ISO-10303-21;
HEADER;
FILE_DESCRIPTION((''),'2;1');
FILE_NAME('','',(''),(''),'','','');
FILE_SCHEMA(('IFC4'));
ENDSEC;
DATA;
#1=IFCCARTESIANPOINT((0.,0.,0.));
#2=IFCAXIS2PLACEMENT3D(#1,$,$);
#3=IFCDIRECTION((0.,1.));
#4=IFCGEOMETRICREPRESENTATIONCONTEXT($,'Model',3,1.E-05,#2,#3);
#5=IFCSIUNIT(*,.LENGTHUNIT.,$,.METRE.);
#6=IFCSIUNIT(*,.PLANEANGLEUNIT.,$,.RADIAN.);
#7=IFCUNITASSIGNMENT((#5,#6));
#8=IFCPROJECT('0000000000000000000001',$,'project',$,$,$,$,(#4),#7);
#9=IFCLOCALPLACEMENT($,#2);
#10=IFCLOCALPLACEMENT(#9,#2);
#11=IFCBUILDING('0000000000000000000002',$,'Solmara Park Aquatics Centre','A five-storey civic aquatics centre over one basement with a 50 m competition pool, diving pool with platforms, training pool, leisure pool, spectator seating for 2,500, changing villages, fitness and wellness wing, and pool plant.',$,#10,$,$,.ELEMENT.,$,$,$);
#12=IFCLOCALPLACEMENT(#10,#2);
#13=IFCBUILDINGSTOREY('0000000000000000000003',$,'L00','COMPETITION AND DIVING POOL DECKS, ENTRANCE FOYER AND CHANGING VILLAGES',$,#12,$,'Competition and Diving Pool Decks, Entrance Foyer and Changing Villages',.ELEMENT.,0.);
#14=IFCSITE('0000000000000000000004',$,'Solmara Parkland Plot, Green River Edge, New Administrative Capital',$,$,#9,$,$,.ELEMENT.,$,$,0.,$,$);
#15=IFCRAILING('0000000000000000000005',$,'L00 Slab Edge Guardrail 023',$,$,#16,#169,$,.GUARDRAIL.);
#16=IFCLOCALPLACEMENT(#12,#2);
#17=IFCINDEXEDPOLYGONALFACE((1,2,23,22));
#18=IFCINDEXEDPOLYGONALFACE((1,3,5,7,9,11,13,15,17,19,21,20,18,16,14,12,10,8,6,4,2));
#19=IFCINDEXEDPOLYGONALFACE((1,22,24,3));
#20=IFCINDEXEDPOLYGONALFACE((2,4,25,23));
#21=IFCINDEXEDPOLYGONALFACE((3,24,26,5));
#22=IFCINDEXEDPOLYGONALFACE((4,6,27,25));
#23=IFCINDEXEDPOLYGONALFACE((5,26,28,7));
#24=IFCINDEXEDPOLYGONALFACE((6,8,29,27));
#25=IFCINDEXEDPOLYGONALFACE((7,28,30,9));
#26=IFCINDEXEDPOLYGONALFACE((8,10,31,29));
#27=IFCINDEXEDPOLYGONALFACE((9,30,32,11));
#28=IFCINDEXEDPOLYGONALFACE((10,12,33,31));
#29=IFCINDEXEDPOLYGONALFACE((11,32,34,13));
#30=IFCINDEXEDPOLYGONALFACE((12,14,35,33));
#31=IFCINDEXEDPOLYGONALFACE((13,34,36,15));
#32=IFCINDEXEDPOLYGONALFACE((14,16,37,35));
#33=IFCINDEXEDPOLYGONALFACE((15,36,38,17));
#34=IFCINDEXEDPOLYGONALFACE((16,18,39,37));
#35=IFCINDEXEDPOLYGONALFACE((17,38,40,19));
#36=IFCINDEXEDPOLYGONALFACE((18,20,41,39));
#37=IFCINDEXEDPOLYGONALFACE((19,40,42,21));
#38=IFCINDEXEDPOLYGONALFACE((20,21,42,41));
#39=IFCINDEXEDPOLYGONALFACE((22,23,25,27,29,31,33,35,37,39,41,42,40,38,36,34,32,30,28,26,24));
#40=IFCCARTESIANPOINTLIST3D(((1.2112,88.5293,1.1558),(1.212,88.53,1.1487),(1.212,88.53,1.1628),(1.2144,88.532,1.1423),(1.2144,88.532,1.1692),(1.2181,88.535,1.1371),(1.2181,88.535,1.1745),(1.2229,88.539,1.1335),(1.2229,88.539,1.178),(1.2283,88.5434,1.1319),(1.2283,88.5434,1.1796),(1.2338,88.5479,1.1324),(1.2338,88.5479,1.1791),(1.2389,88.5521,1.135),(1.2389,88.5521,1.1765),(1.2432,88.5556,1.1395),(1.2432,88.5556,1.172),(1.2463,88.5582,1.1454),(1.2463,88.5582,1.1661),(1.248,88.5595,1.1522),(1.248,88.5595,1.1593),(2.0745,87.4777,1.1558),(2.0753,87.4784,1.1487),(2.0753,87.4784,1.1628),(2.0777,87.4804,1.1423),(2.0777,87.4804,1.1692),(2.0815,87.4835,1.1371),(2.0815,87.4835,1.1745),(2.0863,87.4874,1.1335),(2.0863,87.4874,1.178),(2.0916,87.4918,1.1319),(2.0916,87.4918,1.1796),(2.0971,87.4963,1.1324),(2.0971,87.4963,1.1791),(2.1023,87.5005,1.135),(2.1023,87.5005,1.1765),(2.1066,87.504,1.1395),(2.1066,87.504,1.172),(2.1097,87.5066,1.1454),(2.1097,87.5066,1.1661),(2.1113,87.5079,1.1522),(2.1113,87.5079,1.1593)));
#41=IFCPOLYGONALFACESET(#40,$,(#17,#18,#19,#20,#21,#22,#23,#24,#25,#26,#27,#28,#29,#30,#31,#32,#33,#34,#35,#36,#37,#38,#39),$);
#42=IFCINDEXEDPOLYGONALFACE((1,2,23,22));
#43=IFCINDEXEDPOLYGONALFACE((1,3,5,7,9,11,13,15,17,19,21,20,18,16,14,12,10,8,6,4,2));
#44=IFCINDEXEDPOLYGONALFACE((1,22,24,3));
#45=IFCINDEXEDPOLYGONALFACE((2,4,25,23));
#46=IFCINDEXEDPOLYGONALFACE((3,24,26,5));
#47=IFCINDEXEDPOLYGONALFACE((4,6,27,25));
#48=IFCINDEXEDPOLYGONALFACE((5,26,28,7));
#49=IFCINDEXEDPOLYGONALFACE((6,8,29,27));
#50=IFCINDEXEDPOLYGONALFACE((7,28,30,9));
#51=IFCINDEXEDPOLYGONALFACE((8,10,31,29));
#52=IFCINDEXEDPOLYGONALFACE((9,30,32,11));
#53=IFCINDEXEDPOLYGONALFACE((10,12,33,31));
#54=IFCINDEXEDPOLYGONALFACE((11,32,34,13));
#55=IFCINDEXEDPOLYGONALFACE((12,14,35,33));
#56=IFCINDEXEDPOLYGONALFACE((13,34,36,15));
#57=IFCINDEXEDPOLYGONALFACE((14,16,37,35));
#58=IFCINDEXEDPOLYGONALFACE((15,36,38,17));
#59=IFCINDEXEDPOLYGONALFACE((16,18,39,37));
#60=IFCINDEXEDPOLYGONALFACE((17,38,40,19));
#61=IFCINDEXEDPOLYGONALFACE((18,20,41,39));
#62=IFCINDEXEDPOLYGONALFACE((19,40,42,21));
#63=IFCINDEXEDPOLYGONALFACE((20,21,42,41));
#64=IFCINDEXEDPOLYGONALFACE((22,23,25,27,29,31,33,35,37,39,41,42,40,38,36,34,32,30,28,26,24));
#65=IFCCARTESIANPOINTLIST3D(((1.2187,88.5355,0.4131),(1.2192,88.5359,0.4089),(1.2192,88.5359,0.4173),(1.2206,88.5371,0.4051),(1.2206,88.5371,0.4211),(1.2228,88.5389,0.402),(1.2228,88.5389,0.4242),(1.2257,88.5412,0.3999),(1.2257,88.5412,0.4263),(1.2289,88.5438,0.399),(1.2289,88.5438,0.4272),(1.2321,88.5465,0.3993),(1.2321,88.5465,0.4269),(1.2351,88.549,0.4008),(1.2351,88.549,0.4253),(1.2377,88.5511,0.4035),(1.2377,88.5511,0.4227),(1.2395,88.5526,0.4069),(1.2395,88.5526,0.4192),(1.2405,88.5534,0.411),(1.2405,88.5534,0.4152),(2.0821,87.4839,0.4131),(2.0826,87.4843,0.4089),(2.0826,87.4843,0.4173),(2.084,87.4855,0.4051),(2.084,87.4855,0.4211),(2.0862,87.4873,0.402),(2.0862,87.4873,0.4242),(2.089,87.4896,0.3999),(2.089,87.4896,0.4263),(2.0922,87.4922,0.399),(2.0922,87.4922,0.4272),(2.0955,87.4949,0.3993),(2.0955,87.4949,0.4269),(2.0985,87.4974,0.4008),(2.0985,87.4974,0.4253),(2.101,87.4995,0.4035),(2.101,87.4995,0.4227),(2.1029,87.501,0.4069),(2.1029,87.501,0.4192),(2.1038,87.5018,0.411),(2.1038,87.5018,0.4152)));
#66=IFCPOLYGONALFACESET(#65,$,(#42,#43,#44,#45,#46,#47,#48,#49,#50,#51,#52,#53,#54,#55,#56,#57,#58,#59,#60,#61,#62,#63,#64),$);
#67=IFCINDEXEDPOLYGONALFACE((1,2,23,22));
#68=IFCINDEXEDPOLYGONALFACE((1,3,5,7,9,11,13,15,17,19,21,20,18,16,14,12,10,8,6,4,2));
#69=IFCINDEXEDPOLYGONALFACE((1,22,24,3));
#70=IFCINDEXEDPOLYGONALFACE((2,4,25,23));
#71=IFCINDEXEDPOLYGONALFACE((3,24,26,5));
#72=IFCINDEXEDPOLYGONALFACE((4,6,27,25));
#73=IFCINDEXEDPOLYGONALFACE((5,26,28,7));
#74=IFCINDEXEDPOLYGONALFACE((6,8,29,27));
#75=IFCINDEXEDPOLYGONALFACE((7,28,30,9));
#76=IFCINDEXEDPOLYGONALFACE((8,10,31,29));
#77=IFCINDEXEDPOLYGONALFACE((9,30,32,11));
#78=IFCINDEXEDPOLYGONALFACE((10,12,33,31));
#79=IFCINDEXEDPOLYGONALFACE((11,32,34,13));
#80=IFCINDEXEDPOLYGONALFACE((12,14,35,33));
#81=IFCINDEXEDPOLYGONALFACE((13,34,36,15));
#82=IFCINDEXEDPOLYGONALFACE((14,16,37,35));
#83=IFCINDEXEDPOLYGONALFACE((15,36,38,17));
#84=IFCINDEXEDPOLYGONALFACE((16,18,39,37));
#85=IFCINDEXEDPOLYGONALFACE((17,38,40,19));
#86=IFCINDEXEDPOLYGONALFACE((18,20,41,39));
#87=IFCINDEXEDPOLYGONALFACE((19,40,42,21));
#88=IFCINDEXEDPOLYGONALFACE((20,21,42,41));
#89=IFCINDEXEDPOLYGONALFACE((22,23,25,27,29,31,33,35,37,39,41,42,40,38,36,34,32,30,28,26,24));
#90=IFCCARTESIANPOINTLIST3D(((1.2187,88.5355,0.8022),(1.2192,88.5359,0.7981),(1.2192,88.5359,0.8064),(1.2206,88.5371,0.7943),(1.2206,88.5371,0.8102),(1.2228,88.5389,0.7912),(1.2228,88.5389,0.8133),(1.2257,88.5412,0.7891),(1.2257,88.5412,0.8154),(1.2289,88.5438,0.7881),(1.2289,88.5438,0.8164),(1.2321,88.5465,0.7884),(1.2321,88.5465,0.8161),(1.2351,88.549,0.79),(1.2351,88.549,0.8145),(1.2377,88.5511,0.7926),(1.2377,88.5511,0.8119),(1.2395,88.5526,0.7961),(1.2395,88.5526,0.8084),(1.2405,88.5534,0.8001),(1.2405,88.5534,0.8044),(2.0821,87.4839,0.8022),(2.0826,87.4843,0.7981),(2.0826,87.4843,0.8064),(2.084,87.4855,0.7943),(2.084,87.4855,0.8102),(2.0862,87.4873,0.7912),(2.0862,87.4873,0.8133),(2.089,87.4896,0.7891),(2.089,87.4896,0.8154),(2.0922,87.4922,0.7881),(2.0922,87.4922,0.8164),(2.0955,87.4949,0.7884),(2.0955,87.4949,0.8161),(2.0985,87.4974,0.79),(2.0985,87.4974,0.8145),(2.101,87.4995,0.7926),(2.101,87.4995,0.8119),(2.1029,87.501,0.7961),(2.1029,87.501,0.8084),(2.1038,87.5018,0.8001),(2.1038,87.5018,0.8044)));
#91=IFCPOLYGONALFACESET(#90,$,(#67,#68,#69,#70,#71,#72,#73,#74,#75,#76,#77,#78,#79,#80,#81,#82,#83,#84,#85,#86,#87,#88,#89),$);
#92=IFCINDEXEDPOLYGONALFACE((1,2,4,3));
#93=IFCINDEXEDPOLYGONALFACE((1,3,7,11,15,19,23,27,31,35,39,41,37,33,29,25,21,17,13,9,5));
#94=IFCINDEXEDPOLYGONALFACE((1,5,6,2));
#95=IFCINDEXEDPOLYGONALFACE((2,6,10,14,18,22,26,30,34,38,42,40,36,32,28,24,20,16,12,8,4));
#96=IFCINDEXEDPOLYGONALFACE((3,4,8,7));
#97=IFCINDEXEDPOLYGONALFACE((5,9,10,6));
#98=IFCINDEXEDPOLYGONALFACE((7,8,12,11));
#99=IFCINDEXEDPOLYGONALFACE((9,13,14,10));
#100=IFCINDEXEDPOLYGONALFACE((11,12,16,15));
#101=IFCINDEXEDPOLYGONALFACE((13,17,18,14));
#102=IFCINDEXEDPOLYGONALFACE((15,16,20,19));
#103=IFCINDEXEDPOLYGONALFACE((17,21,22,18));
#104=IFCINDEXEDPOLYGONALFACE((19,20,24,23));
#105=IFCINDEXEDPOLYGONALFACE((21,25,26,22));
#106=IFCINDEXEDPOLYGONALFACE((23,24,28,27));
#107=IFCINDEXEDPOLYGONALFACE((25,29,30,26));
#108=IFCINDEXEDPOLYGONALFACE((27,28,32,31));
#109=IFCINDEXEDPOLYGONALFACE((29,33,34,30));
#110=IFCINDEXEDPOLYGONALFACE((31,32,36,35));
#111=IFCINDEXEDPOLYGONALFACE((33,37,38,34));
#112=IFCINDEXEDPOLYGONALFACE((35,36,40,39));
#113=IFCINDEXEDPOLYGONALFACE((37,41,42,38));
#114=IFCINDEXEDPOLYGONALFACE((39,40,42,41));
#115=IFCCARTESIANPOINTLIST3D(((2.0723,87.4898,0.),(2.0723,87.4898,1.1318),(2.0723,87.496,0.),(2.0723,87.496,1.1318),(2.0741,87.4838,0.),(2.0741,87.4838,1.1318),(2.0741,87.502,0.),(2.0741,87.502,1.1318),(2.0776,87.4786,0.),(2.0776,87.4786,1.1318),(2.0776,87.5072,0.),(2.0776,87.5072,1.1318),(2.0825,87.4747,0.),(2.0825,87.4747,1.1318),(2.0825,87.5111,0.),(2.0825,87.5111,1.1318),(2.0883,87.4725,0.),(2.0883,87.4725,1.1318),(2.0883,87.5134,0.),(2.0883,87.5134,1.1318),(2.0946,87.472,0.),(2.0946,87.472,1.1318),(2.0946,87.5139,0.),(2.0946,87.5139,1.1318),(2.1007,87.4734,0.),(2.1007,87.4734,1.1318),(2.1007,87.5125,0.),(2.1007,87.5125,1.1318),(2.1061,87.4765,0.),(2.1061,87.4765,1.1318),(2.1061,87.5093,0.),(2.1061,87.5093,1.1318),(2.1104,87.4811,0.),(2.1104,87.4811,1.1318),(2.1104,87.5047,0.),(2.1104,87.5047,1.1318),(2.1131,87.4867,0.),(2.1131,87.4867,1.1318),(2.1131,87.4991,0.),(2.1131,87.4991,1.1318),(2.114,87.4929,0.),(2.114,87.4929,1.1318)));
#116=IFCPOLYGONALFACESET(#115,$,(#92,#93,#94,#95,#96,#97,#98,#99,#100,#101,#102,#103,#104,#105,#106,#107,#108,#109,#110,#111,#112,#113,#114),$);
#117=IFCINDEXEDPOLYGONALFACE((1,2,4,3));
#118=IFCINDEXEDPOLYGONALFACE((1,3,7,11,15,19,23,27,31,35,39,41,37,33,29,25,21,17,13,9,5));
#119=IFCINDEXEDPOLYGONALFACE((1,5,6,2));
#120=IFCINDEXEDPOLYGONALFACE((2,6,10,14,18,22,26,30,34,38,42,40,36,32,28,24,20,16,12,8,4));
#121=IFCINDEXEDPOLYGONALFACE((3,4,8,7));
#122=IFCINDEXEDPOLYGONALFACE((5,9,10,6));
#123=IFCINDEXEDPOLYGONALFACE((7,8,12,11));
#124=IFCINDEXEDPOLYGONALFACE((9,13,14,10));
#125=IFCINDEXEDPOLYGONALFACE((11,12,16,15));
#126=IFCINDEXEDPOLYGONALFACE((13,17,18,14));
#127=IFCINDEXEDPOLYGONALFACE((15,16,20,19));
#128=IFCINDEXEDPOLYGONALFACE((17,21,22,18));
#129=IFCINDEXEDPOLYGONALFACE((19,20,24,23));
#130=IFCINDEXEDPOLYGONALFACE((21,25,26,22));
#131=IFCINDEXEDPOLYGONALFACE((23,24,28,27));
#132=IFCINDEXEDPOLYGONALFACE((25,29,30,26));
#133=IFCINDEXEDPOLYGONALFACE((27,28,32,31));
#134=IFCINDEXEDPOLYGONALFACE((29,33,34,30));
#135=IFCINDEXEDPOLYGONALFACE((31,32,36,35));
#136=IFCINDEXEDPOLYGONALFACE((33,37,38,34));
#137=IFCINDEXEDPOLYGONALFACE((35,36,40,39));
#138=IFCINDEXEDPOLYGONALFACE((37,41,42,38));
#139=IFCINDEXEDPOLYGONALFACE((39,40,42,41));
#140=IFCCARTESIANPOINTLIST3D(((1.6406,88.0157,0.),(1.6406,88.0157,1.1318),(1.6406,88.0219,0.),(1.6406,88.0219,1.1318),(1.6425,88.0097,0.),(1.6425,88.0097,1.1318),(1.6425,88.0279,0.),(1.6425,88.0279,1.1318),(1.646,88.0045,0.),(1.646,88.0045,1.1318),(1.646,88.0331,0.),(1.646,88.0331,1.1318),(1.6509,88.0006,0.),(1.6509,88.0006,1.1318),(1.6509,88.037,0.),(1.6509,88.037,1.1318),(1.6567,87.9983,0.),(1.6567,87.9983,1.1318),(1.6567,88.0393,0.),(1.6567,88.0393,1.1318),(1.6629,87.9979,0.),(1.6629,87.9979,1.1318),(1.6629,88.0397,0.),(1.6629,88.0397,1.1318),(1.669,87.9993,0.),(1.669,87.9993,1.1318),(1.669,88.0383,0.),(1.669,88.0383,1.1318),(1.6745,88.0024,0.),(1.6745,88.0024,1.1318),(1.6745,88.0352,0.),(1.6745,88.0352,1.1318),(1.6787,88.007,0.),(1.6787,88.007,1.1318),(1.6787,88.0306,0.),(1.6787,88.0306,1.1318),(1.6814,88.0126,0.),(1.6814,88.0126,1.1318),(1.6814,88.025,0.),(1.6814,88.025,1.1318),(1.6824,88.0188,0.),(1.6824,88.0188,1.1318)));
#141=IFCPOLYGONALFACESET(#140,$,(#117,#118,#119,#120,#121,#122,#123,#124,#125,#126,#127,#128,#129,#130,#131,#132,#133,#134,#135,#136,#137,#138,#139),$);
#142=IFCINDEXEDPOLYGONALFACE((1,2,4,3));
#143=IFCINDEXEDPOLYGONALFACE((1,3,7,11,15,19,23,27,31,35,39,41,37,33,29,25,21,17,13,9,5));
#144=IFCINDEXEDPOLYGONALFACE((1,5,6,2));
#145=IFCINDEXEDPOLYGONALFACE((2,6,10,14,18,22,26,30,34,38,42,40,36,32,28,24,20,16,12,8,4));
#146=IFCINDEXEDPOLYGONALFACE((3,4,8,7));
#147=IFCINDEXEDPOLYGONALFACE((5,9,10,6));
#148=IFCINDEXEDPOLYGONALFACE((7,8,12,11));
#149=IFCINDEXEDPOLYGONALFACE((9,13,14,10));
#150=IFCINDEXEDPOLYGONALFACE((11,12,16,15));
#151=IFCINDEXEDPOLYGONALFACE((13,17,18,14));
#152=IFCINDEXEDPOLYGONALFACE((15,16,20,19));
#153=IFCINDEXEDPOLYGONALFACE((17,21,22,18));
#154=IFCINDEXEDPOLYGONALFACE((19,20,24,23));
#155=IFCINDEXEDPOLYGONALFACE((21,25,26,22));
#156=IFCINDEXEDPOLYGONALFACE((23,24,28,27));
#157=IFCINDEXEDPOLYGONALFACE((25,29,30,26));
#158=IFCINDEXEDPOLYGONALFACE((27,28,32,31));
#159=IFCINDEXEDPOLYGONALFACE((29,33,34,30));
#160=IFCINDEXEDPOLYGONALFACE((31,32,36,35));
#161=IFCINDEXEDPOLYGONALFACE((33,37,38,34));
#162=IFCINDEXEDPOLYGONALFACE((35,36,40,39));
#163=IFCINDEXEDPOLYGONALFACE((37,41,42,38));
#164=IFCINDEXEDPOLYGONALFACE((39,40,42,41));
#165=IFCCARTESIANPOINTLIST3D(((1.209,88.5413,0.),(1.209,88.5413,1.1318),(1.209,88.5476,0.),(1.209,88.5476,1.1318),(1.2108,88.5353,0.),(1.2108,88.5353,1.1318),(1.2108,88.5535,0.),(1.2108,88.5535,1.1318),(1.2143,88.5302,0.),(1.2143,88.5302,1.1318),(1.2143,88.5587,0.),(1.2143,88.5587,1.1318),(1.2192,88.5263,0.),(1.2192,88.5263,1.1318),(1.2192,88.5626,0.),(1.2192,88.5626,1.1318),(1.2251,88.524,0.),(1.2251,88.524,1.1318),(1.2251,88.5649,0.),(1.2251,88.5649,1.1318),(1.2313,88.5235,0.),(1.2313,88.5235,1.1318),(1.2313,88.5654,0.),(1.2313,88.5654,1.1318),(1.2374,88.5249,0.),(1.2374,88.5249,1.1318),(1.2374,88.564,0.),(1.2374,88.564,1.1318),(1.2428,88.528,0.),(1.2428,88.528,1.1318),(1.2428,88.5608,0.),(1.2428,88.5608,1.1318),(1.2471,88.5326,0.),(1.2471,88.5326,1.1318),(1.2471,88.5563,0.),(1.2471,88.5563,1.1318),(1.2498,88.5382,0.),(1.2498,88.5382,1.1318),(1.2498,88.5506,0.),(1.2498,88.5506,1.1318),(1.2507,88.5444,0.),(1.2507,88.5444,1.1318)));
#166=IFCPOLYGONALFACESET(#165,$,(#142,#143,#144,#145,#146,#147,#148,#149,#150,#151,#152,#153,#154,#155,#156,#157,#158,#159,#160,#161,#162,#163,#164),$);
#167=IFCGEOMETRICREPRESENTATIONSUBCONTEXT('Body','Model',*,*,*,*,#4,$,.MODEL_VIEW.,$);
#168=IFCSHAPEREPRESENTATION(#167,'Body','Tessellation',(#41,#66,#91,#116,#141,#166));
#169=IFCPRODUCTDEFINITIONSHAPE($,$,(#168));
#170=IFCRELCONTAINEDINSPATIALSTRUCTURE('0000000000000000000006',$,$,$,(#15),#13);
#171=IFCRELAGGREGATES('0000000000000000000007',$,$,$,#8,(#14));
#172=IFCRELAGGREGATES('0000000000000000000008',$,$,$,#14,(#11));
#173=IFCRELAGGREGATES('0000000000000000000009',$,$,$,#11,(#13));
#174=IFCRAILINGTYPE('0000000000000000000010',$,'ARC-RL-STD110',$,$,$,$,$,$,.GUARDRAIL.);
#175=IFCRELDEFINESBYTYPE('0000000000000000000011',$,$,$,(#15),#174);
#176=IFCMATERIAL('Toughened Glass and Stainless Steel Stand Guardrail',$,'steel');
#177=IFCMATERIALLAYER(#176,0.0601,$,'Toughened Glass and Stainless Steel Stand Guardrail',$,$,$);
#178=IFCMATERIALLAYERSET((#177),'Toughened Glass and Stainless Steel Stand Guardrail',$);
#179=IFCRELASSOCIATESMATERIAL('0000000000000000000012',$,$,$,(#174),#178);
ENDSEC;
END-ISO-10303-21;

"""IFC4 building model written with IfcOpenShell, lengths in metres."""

from ifc_helpers import new_model, si_unit, direction, frame, origin, origin_2d, place, context, subcontext, project, spatial, circle, extrude, material, layer, layer_set, type_object, element, save


model = new_model("IFC4")

# Units and contexts
model_context = context("Model", 3, precision=1e-05, world=origin(), true_north=direction((0.0, 1.0)))
body_context = subcontext(model_context, "Body", "Model", "MODEL_VIEW")
ifc_project = project(units=[si_unit("LENGTHUNIT", "METRE"), si_unit("PLANEANGLEUNIT", "RADIAN")], contexts=[model_context])

# Site, building, storey
site_placement = place(None, origin())
site = spatial("IfcSite", under=ifc_project, at=site_placement, Name="Solmara Parkland Plot, Green River Edge, New Administrative Capital", CompositionType="ELEMENT", RefElevation=0.0)
building_placement = place(site_placement, origin())
building = spatial("IfcBuilding", under=site, at=building_placement, Name="Solmara Park Aquatics Centre", Description="A five-storey civic aquatics centre over one basement with a 50 m competition pool, diving pool with platforms, training pool, leisure pool, spectator seating for 2,500, changing villages, fitness and wellness wing, and pool plant.", CompositionType="ELEMENT")
storey_placement = place(building_placement, origin())
storey = spatial("IfcBuildingStorey", under=building, at=storey_placement, Name="L00", Description="COMPETITION AND DIVING POOL DECKS, ENTRANCE FOYER AND CHANGING VILLAGES", LongName="Competition and Diving Pool Decks, Entrance Foyer and Changing Villages", CompositionType="ELEMENT", Elevation=0.0)

# Railing
ifc_material_1 = material(Name="Toughened Glass and Stainless Steel Stand Guardrail", Category="steel")
ifc_layer_1 = layer(ifc_material_1, 0.0601, Name="Toughened Glass and Stainless Steel Stand Guardrail")
ifc_layer_set_1 = layer_set([ifc_layer_1], Name="Toughened Glass and Stainless Steel Stand Guardrail")
railing_type_1 = type_object("IfcRailingType", Name="ARC-RL-STD110", PredefinedType="GUARDRAIL", material=ifc_layer_set_1)
railing_1_placement = place(storey_placement, frame((2.093, 87.4929, 0.0)))
element("IfcRailing", 1, at=railing_1_placement, inside=storey, type_object=railing_type_1, Name="L00 Slab Edge Guardrail 023", PredefinedType="GUARDRAIL", context=body_context, shape_type="SweptSolid", body=[
    extrude(circle(Radius=0.0239, at=origin_2d()), frame((0.0, 0.0, 1.1558), z_axis=(-0.634537, 0.772893, 0.0), x_axis=(-0.772893, -0.634537, 0.0)), (0.0, 0.0, 1.0), 1.3606),
    extrude(circle(Radius=0.0142, at=origin_2d()), frame((0.0, 0.0, 0.4131), z_axis=(-0.634537, 0.772893, 0.0), x_axis=(-0.772893, -0.634537, 0.0)), (0.0, 0.0, 1.0), 1.3606),
    extrude(circle(Radius=0.0142, at=origin_2d()), frame((0.0, 0.0, 0.8022), z_axis=(-0.634537, 0.772893, 0.0), x_axis=(-0.772893, -0.634537, 0.0)), (0.0, 0.0, 1.0), 1.3606),
    extrude(circle(Radius=0.021, at=origin_2d()), origin(), (0.0, 0.0, 1.0), 1.1318),
    extrude(circle(Radius=0.021, at=origin_2d()), frame((-0.4316, 0.5259, 0.0)), (0.0, 0.0, 1.0), 1.1318),
    extrude(circle(Radius=0.021, at=origin_2d()), frame((-0.8633, 1.0515, 0.0)), (0.0, 0.0, 1.0), 1.1318),
])

save(model, "model.ifc")
